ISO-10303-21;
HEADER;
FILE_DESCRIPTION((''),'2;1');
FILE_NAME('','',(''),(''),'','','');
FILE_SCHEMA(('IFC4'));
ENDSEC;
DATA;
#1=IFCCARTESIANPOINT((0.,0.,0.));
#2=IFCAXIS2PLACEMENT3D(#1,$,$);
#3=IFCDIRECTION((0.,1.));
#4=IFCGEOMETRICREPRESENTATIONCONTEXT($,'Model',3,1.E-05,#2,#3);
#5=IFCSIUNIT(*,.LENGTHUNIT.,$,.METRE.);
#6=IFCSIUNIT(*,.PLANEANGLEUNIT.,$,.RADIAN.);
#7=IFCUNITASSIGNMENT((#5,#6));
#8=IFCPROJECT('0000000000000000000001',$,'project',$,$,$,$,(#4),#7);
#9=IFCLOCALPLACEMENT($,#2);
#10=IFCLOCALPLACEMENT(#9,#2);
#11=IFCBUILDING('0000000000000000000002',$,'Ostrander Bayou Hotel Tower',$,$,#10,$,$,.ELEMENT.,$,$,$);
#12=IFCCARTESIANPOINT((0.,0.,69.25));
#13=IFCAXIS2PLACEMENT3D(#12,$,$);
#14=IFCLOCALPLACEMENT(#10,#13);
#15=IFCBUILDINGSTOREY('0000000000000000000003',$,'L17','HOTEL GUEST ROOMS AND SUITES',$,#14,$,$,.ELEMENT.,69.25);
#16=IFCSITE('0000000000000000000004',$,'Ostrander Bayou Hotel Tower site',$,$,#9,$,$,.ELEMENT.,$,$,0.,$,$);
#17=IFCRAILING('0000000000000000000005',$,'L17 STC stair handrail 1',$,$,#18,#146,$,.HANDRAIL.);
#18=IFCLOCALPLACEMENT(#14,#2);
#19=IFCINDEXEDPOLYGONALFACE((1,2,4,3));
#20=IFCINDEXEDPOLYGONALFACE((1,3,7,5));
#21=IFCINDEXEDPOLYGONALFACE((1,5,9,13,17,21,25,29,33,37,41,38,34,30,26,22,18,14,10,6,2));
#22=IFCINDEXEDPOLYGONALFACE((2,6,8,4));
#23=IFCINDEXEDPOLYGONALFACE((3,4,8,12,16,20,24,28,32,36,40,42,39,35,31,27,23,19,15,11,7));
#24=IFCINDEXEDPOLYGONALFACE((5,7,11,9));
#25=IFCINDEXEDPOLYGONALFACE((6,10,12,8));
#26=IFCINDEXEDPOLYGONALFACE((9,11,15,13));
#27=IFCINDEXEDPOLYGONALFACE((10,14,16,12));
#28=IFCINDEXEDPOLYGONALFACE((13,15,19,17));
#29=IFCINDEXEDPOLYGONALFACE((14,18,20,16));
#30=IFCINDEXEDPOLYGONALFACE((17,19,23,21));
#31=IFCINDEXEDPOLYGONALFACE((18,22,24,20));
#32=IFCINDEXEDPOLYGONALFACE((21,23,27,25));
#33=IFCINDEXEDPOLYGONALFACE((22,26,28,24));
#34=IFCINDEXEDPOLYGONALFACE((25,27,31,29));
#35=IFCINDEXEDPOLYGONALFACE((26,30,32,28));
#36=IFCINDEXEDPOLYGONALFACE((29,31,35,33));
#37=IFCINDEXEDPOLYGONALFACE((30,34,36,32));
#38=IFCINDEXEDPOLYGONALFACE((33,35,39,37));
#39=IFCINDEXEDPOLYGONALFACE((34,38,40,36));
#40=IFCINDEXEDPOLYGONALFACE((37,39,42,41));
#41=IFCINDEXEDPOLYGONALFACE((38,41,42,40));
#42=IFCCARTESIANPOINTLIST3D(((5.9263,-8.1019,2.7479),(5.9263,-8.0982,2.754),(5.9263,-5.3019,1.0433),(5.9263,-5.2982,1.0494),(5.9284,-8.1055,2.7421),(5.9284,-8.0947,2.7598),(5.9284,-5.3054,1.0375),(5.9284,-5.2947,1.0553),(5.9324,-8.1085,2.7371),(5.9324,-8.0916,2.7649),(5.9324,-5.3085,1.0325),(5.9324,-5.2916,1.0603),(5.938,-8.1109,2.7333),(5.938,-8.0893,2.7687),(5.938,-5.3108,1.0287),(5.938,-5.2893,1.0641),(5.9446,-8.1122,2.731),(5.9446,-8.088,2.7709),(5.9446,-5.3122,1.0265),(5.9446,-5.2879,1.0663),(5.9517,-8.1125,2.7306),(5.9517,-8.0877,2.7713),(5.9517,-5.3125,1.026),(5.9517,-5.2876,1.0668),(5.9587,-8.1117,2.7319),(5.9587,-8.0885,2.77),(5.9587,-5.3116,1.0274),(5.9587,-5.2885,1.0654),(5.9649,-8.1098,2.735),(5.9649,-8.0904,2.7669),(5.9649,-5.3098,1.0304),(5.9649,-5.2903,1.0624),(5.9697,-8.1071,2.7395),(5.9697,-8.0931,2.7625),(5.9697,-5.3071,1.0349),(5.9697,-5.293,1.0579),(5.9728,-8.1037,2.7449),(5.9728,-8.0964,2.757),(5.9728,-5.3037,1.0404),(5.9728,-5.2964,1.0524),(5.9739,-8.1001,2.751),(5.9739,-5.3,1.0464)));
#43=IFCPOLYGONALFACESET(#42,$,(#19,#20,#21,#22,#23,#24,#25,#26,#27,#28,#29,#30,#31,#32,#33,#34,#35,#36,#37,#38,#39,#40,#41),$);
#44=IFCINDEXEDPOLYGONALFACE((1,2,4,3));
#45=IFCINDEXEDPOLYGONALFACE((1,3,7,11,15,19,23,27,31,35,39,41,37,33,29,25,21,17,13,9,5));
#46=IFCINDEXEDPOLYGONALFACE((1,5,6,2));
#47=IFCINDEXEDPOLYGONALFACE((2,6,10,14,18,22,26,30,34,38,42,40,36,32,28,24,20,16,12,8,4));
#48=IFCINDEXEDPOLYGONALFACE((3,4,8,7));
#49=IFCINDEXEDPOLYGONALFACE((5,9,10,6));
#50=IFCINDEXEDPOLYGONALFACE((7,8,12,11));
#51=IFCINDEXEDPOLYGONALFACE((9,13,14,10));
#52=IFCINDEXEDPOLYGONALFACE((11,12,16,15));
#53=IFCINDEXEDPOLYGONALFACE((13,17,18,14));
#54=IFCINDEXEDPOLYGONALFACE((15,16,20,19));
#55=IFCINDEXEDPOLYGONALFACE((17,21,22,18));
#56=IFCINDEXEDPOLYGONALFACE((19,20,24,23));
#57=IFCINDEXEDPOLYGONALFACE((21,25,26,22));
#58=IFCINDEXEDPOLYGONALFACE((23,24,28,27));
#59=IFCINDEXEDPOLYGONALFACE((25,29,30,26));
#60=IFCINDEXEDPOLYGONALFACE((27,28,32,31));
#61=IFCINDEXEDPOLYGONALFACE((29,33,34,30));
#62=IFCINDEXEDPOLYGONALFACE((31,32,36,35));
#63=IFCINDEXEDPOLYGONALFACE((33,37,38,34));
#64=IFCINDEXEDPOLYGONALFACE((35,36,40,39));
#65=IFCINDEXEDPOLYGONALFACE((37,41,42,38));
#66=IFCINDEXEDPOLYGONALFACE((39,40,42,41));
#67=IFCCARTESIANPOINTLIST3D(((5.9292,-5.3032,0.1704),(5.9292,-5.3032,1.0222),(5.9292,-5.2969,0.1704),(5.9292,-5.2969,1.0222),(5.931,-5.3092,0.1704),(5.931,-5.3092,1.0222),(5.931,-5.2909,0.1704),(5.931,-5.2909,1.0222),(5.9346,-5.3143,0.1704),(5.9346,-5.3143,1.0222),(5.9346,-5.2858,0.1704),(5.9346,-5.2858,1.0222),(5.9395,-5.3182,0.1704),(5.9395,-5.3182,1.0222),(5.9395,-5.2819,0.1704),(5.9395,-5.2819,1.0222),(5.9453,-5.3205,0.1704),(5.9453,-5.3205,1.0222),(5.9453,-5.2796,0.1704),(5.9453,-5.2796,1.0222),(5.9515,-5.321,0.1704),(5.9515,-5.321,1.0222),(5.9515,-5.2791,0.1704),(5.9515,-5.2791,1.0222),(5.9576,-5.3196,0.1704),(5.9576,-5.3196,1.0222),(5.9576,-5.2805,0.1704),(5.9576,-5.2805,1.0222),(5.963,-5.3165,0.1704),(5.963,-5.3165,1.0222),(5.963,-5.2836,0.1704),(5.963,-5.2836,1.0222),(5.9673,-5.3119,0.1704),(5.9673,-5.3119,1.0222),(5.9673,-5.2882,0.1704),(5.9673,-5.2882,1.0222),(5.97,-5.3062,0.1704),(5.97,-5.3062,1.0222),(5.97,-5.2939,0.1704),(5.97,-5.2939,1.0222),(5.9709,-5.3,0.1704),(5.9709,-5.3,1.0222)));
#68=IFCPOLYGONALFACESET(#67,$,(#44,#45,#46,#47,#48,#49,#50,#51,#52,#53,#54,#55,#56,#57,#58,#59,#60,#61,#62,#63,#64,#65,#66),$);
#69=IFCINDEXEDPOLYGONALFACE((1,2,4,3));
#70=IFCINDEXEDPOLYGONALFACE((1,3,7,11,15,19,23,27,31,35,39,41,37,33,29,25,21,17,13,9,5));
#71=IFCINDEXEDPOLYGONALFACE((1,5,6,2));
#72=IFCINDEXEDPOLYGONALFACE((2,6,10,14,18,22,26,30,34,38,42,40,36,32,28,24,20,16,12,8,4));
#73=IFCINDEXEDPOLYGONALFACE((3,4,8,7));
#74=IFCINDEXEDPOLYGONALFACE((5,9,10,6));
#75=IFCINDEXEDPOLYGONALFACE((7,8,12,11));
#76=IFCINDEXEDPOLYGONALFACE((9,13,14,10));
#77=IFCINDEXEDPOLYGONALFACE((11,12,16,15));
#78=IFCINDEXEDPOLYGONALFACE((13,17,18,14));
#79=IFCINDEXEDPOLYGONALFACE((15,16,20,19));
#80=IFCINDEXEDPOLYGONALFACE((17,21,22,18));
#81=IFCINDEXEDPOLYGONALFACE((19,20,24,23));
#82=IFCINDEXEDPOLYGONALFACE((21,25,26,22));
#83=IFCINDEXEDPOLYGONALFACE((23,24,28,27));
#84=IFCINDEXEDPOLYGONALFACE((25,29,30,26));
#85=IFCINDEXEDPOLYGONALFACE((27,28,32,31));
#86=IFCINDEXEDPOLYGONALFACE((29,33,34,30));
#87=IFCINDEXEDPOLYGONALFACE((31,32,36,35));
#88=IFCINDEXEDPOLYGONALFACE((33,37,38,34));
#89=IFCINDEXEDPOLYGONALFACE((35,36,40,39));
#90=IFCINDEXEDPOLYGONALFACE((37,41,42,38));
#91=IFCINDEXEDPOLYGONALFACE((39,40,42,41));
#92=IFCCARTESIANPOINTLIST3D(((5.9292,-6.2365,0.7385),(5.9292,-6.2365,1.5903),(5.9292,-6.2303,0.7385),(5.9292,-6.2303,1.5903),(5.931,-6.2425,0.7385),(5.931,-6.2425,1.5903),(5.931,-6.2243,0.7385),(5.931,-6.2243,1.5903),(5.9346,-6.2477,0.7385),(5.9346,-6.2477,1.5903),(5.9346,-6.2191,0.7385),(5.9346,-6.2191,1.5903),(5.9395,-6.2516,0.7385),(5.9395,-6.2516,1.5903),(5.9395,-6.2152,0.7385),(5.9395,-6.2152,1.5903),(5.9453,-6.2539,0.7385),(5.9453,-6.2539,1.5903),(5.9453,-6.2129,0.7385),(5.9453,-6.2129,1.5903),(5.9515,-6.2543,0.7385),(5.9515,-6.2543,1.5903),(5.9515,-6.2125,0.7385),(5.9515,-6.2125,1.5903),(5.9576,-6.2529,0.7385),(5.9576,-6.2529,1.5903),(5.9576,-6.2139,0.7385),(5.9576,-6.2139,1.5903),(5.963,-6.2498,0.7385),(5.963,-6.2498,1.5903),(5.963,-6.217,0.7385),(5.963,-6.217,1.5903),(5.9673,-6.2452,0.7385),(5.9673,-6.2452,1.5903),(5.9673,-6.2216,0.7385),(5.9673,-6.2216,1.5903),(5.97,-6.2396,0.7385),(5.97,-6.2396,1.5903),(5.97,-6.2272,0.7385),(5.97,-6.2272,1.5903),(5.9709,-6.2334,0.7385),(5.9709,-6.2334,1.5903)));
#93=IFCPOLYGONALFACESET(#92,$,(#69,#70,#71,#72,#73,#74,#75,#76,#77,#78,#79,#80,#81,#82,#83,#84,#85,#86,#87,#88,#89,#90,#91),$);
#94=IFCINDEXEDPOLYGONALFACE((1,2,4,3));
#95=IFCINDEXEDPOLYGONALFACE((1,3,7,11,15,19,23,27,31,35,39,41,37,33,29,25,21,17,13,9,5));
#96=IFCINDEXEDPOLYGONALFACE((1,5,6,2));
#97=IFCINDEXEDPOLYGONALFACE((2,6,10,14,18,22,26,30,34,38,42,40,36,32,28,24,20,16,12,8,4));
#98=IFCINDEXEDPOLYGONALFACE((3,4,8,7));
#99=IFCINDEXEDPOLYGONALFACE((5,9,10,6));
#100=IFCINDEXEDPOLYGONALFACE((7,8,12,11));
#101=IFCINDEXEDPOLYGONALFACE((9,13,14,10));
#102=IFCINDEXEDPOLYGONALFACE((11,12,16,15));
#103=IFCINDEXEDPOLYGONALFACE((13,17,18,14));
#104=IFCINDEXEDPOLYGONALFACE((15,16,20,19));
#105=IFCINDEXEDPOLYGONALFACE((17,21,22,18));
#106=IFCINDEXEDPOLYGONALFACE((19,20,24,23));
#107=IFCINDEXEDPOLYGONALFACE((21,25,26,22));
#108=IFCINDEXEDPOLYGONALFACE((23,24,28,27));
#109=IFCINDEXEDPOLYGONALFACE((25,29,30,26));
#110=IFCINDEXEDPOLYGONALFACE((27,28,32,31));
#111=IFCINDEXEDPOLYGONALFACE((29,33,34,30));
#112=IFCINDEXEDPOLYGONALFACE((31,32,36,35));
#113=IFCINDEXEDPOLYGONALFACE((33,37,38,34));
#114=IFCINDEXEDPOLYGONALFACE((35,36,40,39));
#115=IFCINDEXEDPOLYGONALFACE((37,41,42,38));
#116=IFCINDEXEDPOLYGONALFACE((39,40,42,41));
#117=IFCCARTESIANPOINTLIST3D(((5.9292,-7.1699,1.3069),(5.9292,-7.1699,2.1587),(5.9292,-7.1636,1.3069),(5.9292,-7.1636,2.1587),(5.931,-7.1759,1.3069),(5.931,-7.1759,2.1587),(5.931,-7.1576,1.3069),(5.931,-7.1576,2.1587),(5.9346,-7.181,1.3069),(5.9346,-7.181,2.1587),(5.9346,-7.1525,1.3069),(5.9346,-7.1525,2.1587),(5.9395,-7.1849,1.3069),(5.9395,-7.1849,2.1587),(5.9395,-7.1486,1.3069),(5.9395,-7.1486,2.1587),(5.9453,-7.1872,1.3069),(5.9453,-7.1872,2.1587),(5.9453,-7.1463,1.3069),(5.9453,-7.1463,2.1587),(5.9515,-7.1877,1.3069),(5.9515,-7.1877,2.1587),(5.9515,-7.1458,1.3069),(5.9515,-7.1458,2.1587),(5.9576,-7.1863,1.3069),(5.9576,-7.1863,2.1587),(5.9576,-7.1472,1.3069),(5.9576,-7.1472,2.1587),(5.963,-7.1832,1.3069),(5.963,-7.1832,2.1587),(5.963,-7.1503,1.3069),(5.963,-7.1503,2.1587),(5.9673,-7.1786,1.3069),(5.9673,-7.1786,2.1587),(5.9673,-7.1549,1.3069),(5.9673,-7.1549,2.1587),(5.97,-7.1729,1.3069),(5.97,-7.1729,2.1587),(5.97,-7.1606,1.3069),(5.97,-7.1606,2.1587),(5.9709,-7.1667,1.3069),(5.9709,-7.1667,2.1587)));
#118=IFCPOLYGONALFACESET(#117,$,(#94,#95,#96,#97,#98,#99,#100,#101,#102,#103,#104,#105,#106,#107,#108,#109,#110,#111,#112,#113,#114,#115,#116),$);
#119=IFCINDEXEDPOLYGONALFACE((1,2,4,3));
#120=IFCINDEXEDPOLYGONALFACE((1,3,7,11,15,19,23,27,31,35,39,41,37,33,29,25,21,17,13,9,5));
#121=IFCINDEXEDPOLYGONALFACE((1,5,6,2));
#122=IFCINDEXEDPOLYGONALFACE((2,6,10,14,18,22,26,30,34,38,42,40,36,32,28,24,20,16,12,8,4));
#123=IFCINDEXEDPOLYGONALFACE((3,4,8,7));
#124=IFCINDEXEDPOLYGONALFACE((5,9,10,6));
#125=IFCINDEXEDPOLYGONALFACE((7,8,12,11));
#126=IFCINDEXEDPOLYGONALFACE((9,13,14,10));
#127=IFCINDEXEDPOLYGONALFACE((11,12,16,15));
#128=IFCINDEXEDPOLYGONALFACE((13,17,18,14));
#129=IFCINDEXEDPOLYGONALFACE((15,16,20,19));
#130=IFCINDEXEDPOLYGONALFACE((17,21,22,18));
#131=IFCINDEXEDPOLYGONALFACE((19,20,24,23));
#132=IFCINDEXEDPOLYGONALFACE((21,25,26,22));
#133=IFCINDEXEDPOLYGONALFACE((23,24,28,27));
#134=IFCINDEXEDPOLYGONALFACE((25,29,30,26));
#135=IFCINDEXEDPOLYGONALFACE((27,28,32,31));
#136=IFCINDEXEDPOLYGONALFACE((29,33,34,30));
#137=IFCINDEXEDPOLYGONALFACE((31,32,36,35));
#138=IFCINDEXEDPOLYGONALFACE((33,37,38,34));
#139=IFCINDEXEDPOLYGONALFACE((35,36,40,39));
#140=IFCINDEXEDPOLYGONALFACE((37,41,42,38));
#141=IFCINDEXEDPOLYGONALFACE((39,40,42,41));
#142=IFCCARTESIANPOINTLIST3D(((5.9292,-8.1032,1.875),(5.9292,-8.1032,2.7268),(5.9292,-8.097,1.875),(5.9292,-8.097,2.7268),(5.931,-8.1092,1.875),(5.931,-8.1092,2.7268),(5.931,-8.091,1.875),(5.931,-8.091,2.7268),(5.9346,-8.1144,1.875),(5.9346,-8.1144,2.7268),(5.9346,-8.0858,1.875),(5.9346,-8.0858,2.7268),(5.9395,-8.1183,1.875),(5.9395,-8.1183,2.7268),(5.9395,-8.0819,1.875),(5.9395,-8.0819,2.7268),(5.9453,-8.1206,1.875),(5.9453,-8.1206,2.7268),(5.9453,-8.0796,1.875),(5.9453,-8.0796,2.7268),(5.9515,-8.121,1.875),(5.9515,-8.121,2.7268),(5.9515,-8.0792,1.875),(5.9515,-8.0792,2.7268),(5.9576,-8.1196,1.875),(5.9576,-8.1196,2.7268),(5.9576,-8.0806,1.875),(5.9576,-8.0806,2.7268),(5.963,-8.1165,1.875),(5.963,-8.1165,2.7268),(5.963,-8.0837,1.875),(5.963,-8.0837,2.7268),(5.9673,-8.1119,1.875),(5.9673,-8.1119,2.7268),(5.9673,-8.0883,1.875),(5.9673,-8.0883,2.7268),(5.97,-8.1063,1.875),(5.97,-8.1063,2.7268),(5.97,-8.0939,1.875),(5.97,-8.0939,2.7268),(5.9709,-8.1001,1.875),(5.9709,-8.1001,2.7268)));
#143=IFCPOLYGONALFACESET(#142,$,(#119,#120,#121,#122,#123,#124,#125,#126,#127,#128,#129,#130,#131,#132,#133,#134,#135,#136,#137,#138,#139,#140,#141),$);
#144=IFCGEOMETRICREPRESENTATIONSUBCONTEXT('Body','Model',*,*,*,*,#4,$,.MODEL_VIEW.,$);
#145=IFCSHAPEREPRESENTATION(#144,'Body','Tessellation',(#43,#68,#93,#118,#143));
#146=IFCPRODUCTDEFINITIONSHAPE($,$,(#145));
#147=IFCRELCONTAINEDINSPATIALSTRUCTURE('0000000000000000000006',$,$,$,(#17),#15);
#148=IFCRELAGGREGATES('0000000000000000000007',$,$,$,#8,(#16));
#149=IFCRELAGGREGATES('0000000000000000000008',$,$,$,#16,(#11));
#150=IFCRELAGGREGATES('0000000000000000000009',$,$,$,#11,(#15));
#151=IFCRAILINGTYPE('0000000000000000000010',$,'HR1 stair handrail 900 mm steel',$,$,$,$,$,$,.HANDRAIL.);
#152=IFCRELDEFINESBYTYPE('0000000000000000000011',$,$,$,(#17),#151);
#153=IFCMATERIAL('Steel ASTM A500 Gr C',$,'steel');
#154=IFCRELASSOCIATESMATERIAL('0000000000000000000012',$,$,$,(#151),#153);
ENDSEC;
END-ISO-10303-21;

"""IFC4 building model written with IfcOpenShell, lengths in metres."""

from ifc_helpers import new_model, si_unit, direction, frame, origin, origin_2d, place, context, subcontext, project, spatial, circle, extrude, material, type_object, element, save


model = new_model("IFC4")

# Units and contexts
model_context = context("Model", 3, precision=1e-05, world=origin(), true_north=direction((0.0, 1.0)))
body_context = subcontext(model_context, "Body", "Model", "MODEL_VIEW")
ifc_project = project(units=[si_unit("LENGTHUNIT", "METRE"), si_unit("PLANEANGLEUNIT", "RADIAN")], contexts=[model_context])

# Site, building, storey
site_placement = place(None, origin())
site = spatial("IfcSite", under=ifc_project, at=site_placement, Name="Ostrander Bayou Hotel Tower site", CompositionType="ELEMENT", RefElevation=0.0)
building_placement = place(site_placement, origin())
building = spatial("IfcBuilding", under=site, at=building_placement, Name="Ostrander Bayou Hotel Tower", CompositionType="ELEMENT")
storey_placement = place(building_placement, frame((0.0, 0.0, 69.25)))
storey = spatial("IfcBuildingStorey", under=building, at=storey_placement, Name="L17", Description="HOTEL GUEST ROOMS AND SUITES", CompositionType="ELEMENT", Elevation=69.25)

# Railing
ifc_material_1 = material(Name="Steel ASTM A500 Gr C", Category="steel")
railing_type_1 = type_object("IfcRailingType", Name="HR1 stair handrail 900 mm steel", PredefinedType="HANDRAIL", material=ifc_material_1)
railing_1_placement = place(storey_placement, frame((5.95, -5.3, 0.1704)))
element("IfcRailing", 1, at=railing_1_placement, inside=storey, type_object=railing_type_1, Name="L17 STC stair handrail 1", PredefinedType="HANDRAIL", context=body_context, shape_type="SweptSolid", body=[
    extrude(circle(Radius=0.0239, at=origin_2d()), frame((0.0, 0.0, 0.876), z_axis=(0.0, -0.85417, 0.519994), x_axis=(1.0, 0.0, 0.0)), (0.0, 0.0, 1.0), 3.2781),
    extrude(circle(Radius=0.021, at=origin_2d()), origin(), (0.0, 0.0, 1.0), 0.8518),
    extrude(circle(Radius=0.021, at=origin_2d()), frame((0.0, -0.9333, 0.5681)), (0.0, 0.0, 1.0), 0.8518),
    extrude(circle(Radius=0.021, at=origin_2d()), frame((0.0, -1.8667, 1.1365)), (0.0, 0.0, 1.0), 0.8518),
    extrude(circle(Radius=0.021, at=origin_2d()), frame((0.0, -2.8, 1.7046)), (0.0, 0.0, 1.0), 0.8518),
])

save(model, "model.ifc")
